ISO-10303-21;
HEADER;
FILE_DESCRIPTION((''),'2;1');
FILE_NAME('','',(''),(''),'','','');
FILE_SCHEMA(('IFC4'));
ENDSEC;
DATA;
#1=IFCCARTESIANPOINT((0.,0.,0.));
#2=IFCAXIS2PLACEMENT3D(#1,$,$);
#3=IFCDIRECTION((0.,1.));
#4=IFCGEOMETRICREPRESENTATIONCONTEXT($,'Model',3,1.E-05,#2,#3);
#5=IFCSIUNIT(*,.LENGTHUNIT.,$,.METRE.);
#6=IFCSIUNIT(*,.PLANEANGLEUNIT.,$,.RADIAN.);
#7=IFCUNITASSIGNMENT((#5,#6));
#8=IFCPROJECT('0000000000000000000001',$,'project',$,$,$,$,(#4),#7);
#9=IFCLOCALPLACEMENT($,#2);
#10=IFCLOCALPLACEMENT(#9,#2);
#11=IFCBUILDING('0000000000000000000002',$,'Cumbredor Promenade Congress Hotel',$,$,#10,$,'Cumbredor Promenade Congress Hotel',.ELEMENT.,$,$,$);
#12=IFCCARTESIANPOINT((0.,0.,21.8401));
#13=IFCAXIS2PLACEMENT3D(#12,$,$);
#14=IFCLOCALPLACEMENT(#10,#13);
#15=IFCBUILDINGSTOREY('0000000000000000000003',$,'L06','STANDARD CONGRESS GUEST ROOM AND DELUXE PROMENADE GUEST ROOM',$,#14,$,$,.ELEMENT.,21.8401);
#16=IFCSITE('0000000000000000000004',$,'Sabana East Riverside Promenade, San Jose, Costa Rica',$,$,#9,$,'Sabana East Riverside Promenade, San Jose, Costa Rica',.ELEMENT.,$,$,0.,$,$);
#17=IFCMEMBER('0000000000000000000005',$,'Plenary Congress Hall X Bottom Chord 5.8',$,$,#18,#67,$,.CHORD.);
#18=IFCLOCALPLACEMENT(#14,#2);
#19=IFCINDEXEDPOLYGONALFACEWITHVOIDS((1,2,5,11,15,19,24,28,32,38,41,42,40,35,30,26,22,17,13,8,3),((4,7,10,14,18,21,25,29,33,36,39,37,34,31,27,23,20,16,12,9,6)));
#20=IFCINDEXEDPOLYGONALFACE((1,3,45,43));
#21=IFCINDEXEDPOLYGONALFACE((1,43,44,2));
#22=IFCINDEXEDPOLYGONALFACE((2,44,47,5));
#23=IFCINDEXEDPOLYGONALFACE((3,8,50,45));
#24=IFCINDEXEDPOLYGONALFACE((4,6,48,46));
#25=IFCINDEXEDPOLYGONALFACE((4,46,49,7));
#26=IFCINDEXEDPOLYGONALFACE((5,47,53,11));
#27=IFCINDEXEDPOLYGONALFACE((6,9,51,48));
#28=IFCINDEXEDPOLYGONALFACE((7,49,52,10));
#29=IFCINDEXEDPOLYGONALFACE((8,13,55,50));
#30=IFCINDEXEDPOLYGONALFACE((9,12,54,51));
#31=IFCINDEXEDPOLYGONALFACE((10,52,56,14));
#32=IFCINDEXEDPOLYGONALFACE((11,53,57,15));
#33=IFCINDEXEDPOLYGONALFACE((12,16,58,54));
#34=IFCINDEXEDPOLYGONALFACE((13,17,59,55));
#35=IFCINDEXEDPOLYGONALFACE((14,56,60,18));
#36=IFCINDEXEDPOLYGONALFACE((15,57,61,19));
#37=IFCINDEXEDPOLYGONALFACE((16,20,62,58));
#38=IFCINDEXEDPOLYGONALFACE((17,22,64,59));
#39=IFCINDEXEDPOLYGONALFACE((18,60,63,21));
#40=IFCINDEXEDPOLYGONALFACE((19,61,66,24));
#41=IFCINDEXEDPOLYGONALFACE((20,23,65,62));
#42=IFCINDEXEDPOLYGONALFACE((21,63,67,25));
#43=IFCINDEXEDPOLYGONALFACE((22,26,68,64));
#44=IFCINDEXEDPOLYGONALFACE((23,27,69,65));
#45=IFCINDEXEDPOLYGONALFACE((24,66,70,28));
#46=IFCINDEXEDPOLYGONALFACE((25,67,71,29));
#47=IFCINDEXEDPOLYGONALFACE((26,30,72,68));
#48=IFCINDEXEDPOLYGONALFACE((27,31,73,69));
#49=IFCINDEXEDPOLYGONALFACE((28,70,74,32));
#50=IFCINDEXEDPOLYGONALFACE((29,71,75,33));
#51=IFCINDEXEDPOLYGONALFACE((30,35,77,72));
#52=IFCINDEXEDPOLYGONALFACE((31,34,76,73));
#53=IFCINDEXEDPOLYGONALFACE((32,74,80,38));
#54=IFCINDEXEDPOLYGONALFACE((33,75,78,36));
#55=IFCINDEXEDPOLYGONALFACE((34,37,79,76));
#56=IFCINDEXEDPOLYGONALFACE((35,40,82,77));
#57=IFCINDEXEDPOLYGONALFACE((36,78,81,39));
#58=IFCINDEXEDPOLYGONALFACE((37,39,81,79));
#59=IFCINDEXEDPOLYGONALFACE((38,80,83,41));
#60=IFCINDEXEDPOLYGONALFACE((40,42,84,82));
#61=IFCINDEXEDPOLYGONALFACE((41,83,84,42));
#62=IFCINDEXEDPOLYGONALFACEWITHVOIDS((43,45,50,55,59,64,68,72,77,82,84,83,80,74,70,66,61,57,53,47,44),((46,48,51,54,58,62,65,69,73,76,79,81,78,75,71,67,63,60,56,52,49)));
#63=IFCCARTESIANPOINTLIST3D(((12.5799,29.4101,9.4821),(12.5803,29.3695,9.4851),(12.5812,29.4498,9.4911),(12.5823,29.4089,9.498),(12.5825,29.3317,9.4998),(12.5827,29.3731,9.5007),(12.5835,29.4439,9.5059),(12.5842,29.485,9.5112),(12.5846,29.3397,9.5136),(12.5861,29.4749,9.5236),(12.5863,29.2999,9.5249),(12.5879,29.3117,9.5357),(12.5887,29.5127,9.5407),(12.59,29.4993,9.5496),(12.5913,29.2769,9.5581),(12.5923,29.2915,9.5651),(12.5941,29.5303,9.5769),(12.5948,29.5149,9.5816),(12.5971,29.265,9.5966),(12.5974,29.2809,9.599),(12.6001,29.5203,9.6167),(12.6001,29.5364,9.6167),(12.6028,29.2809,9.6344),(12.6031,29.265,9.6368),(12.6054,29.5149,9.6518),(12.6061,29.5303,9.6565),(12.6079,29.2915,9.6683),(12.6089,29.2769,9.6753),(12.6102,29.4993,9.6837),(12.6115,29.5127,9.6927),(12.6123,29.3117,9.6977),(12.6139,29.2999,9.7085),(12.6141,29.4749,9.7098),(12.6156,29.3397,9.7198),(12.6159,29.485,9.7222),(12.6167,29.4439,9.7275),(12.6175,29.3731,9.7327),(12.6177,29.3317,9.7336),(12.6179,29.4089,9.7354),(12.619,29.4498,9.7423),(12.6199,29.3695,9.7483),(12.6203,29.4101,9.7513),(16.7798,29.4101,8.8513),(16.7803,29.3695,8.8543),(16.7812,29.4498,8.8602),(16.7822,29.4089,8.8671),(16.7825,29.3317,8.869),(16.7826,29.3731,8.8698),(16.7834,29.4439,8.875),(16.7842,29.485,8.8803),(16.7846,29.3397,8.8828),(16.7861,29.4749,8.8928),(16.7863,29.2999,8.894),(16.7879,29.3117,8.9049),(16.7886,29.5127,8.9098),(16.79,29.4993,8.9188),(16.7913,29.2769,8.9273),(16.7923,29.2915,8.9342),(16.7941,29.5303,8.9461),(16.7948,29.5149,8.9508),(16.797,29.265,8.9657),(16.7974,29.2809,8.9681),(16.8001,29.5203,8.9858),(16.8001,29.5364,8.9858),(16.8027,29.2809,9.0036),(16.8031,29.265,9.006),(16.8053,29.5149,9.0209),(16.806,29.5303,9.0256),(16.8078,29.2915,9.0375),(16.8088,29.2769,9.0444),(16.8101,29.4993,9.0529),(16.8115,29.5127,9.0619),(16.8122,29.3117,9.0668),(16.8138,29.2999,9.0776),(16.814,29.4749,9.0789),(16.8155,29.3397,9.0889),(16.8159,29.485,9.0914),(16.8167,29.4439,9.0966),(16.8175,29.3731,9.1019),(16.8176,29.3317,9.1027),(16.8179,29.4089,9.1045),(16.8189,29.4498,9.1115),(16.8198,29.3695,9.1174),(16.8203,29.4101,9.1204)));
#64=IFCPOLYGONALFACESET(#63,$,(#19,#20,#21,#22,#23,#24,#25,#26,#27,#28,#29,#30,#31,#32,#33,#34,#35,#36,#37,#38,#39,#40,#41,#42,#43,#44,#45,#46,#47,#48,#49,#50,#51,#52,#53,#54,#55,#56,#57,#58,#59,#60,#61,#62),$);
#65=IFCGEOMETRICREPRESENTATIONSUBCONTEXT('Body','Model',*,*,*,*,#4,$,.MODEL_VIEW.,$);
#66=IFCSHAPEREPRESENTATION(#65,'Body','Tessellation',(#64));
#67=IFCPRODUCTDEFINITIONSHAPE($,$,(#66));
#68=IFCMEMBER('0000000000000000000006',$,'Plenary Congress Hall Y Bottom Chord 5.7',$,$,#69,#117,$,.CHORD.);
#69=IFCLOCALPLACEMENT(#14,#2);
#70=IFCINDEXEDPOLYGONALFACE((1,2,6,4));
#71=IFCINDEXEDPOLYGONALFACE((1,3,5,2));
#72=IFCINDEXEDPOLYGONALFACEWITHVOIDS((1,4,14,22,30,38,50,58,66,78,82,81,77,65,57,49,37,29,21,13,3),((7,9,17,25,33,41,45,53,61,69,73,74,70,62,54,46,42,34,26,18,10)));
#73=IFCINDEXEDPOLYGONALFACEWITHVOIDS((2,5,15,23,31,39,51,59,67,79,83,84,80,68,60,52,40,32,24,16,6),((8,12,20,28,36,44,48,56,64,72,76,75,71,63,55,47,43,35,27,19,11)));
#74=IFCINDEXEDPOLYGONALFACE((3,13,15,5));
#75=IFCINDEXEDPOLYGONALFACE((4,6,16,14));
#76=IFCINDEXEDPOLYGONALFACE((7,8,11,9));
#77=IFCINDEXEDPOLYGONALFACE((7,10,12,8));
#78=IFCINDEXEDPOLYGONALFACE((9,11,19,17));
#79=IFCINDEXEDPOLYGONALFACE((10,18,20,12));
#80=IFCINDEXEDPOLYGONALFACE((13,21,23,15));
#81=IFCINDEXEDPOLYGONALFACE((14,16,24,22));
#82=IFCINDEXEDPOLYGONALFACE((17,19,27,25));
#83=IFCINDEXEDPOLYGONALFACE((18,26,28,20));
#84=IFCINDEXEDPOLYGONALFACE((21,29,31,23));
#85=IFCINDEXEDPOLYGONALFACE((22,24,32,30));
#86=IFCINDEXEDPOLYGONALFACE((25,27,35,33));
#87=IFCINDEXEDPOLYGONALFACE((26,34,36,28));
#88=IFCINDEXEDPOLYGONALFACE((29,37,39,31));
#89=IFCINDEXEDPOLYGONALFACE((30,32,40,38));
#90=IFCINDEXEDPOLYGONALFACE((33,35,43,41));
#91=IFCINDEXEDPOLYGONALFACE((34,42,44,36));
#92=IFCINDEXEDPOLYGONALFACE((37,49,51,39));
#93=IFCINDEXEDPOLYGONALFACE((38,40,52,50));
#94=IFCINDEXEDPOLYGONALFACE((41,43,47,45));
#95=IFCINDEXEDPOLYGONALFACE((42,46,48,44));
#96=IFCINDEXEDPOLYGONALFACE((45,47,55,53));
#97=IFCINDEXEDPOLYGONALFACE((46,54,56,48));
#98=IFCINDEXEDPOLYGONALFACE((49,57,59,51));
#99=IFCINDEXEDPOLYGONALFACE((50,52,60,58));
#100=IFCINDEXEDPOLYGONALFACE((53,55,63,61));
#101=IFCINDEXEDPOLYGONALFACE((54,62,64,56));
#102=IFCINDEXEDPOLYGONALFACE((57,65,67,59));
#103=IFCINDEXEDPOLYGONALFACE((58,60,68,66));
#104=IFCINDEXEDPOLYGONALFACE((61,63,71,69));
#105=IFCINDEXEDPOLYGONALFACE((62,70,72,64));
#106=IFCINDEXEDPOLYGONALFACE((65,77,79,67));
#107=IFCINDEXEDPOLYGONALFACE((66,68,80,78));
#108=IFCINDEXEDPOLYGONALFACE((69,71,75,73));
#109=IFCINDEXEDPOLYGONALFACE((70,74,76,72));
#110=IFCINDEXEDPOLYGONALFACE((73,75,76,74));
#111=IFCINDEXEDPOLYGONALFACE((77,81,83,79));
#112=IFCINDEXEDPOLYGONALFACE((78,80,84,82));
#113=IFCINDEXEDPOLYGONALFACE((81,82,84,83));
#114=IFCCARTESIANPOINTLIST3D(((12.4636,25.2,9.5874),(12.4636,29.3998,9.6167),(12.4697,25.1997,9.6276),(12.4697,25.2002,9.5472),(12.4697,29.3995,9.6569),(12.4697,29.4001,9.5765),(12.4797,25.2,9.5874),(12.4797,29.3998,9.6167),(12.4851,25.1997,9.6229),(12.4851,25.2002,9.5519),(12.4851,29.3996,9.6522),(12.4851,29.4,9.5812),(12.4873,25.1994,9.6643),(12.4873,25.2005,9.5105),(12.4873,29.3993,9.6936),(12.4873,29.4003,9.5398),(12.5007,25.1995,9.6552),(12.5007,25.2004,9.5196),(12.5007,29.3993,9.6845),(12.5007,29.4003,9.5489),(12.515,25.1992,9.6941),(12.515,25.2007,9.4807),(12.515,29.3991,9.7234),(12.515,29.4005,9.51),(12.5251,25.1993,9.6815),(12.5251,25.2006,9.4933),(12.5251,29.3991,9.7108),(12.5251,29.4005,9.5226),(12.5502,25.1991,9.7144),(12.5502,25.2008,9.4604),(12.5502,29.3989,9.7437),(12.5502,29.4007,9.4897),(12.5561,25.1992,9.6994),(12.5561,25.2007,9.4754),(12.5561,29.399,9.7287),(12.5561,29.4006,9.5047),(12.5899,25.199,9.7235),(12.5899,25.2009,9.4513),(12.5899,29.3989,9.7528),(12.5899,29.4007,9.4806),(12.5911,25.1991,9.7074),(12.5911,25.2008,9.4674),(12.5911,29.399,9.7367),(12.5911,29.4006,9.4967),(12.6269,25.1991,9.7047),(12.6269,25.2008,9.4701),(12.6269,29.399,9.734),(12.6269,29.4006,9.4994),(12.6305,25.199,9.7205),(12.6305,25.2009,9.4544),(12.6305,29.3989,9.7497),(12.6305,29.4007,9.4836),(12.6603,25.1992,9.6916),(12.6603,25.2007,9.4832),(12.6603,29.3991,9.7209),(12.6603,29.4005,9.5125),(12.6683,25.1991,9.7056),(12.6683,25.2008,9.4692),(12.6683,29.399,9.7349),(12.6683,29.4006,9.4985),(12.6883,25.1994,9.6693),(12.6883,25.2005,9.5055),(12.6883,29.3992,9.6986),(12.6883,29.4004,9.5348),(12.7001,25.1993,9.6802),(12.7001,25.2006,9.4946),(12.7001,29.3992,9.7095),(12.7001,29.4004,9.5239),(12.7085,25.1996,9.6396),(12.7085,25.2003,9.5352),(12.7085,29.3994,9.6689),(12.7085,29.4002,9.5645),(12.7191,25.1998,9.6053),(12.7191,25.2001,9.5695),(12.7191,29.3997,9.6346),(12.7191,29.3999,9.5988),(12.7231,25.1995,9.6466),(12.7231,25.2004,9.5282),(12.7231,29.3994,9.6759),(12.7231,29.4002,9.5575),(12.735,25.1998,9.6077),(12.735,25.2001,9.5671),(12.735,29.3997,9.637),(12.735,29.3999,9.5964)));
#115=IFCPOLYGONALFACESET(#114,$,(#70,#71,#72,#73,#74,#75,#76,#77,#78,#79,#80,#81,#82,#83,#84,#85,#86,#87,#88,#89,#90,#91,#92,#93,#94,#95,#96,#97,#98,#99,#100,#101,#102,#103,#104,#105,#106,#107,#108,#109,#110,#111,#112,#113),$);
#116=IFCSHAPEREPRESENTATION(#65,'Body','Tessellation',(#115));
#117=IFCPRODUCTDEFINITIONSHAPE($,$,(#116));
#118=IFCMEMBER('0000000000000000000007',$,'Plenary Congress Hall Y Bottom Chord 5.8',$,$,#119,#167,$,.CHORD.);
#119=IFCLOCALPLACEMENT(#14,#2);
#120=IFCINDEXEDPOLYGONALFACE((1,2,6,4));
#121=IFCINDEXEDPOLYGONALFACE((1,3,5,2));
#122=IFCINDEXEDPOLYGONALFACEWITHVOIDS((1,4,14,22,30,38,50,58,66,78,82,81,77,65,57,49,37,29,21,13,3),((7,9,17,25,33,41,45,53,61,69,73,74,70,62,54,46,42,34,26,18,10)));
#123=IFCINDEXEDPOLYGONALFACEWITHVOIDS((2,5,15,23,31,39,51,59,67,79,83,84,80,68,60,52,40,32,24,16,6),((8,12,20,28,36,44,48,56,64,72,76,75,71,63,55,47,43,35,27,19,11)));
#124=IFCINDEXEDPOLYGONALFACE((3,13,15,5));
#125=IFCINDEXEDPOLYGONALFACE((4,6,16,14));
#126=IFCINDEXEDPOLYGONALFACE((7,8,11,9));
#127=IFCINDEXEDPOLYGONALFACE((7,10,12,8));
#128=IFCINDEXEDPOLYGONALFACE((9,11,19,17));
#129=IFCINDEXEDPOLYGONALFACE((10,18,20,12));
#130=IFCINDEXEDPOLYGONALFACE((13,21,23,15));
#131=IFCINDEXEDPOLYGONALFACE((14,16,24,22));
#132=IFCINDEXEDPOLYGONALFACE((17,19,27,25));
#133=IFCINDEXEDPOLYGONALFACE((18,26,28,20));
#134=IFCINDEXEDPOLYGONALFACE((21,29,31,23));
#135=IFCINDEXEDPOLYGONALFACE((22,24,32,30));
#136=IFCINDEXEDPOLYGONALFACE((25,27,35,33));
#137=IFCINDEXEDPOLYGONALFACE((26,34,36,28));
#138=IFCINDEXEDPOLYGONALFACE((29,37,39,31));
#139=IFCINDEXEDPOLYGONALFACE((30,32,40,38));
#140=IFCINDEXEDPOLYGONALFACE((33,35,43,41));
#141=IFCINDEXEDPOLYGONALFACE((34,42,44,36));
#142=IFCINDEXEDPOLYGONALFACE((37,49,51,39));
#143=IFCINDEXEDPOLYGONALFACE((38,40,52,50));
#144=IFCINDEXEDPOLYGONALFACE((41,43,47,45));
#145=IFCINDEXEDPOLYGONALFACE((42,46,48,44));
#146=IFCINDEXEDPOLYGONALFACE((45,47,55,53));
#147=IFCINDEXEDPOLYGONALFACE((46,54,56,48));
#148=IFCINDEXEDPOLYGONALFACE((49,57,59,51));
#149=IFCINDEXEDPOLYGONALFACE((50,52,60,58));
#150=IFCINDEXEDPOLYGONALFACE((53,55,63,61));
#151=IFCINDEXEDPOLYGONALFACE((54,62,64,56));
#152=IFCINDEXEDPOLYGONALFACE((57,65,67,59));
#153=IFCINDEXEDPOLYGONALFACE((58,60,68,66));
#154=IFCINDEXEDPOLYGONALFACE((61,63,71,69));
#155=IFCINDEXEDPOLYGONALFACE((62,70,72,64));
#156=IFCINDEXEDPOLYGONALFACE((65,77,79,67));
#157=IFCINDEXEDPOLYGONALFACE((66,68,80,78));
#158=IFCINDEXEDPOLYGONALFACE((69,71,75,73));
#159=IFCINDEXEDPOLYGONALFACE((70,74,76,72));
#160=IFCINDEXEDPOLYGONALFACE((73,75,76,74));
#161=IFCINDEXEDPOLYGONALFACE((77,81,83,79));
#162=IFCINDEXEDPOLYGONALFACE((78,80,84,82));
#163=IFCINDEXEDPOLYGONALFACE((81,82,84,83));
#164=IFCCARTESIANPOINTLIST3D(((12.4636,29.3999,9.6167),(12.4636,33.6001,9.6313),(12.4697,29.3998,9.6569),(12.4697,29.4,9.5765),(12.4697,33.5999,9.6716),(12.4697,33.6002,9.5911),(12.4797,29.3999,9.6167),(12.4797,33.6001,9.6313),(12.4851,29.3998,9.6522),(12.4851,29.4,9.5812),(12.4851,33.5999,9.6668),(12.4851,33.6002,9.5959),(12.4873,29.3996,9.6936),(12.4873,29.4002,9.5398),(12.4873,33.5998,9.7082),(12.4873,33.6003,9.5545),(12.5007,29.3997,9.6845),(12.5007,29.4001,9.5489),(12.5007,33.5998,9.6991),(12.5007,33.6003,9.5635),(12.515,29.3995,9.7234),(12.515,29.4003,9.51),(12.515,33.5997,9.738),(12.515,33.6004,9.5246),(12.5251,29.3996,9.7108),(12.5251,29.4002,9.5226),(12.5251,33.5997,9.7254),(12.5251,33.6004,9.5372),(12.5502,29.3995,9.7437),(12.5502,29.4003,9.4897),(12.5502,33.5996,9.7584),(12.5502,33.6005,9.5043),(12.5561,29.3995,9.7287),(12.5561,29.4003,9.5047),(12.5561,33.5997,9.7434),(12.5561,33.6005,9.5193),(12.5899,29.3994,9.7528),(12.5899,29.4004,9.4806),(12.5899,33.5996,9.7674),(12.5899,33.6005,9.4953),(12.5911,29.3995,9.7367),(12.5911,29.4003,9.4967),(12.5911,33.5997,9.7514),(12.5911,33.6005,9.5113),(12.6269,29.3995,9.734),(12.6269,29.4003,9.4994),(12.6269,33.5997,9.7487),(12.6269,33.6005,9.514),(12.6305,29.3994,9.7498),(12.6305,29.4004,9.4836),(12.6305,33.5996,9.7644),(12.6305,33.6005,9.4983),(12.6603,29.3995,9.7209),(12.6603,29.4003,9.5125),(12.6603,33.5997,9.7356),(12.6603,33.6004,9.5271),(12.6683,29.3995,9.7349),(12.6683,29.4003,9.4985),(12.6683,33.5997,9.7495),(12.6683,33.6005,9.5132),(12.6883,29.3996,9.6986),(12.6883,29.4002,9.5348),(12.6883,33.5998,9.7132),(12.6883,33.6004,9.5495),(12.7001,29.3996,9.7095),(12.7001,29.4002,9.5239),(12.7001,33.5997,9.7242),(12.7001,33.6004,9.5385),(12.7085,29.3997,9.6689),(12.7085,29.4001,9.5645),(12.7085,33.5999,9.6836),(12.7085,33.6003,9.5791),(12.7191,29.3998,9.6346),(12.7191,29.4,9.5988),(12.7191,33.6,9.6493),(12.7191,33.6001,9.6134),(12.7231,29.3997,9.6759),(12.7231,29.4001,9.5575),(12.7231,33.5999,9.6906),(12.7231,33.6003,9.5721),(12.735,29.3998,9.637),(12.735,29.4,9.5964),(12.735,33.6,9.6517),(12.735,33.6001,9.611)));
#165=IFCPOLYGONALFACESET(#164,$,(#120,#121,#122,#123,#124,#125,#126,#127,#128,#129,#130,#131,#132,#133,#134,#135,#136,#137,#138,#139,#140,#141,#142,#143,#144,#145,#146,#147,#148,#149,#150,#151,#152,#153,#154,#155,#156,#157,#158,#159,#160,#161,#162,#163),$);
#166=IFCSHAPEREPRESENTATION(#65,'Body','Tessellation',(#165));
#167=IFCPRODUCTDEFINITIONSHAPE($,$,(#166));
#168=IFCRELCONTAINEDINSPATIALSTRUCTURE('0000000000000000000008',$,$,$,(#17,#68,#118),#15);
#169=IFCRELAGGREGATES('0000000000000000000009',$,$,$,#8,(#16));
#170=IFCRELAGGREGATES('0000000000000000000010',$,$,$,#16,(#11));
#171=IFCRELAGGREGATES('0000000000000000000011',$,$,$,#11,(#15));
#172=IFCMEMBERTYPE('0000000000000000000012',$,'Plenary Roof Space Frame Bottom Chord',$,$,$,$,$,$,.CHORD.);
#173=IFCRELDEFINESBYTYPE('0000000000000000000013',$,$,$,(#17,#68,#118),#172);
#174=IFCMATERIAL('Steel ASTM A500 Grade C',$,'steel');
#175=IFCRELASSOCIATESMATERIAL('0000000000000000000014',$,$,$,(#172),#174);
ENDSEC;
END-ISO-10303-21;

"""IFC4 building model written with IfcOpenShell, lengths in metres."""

from ifc_helpers import new_model, si_unit, direction, frame, origin, origin_2d, place, context, subcontext, project, spatial, hollow_circle, extrude, material, material_profile, profile_set, type_object, element, save


model = new_model("IFC4")

# Units and contexts
model_context = context("Model", 3, precision=1e-05, world=origin(), true_north=direction((0.0, 1.0)))
body_context = subcontext(model_context, "Body", "Model", "MODEL_VIEW")
ifc_project = project(units=[si_unit("LENGTHUNIT", "METRE"), si_unit("PLANEANGLEUNIT", "RADIAN")], contexts=[model_context])

# Site, building, storey
site_placement = place(None, origin())
site = spatial("IfcSite", under=ifc_project, at=site_placement, Name="Sabana East Riverside Promenade, San Jose, Costa Rica", LongName="Sabana East Riverside Promenade, San Jose, Costa Rica", CompositionType="ELEMENT", RefElevation=0.0)
building_placement = place(site_placement, origin())
building = spatial("IfcBuilding", under=site, at=building_placement, Name="Cumbredor Promenade Congress Hotel", LongName="Cumbredor Promenade Congress Hotel", CompositionType="ELEMENT")
storey_placement = place(building_placement, frame((0.0, 0.0, 21.8401)))
storey = spatial("IfcBuildingStorey", under=building, at=storey_placement, Name="L06", Description="STANDARD CONGRESS GUEST ROOM AND DELUXE PROMENADE GUEST ROOM", CompositionType="ELEMENT", Elevation=21.8401)

# Members
ifc_material_1 = material(Name="Steel ASTM A500 Grade C", Category="steel")
ifc_material_profile_1 = material_profile(ifc_material_1, hollow_circle(Radius=0.1365, WallThickness=0.0161, at=origin_2d()), Name="CHS 273.0x16")
ifc_profile_set_1 = profile_set([ifc_material_profile_1], Name="Steel ASTM A500 Grade C")
member_type_1 = type_object("IfcMemberType", Name="Plenary Roof Space Frame Bottom Chord", PredefinedType="CHORD", material=ifc_profile_set_1)
member_1_placement = place(storey_placement, frame((12.6001, 29.3999, 9.6167), z_axis=(0.988906, 0.0, -0.14854), x_axis=(0.0, 1.0, 0.0)))
element("IfcMember", 1, at=member_1_placement, inside=storey, type_object=member_type_1, Name="Plenary Congress Hall X Bottom Chord 5.8", PredefinedType="CHORD", context=body_context, shape_type="SweptSolid", body=[
    extrude(hollow_circle(Radius=0.1365, WallThickness=0.0161, at=origin_2d()), origin(), (0.0, 0.0, 1.0), 4.2471),
])
member_2_placement = place(storey_placement, frame((12.6001, 25.2, 9.5874), z_axis=(0.0, 0.999976, 0.006975), x_axis=(-1.0, 0.0, 0.0)))
element("IfcMember", 2, at=member_2_placement, inside=storey, type_object=member_type_1, Name="Plenary Congress Hall Y Bottom Chord 5.7", PredefinedType="CHORD", context=body_context, shape_type="SweptSolid", body=[
    extrude(hollow_circle(Radius=0.1365, WallThickness=0.0161, at=origin_2d()), origin(), (0.0, 0.0, 1.0), 4.2),
])
member_3_placement = place(storey_placement, frame((12.6001, 29.3999, 9.6167), z_axis=(0.0, 0.999994, 0.003488), x_axis=(-1.0, 0.0, 0.0)))
element("IfcMember", 3, at=member_3_placement, inside=storey, type_object=member_type_1, Name="Plenary Congress Hall Y Bottom Chord 5.8", PredefinedType="CHORD", context=body_context, shape_type="SweptSolid", body=[
    extrude(hollow_circle(Radius=0.1365, WallThickness=0.0161, at=origin_2d()), origin(), (0.0, 0.0, 1.0), 4.2002),
])

save(model, "model.ifc")
